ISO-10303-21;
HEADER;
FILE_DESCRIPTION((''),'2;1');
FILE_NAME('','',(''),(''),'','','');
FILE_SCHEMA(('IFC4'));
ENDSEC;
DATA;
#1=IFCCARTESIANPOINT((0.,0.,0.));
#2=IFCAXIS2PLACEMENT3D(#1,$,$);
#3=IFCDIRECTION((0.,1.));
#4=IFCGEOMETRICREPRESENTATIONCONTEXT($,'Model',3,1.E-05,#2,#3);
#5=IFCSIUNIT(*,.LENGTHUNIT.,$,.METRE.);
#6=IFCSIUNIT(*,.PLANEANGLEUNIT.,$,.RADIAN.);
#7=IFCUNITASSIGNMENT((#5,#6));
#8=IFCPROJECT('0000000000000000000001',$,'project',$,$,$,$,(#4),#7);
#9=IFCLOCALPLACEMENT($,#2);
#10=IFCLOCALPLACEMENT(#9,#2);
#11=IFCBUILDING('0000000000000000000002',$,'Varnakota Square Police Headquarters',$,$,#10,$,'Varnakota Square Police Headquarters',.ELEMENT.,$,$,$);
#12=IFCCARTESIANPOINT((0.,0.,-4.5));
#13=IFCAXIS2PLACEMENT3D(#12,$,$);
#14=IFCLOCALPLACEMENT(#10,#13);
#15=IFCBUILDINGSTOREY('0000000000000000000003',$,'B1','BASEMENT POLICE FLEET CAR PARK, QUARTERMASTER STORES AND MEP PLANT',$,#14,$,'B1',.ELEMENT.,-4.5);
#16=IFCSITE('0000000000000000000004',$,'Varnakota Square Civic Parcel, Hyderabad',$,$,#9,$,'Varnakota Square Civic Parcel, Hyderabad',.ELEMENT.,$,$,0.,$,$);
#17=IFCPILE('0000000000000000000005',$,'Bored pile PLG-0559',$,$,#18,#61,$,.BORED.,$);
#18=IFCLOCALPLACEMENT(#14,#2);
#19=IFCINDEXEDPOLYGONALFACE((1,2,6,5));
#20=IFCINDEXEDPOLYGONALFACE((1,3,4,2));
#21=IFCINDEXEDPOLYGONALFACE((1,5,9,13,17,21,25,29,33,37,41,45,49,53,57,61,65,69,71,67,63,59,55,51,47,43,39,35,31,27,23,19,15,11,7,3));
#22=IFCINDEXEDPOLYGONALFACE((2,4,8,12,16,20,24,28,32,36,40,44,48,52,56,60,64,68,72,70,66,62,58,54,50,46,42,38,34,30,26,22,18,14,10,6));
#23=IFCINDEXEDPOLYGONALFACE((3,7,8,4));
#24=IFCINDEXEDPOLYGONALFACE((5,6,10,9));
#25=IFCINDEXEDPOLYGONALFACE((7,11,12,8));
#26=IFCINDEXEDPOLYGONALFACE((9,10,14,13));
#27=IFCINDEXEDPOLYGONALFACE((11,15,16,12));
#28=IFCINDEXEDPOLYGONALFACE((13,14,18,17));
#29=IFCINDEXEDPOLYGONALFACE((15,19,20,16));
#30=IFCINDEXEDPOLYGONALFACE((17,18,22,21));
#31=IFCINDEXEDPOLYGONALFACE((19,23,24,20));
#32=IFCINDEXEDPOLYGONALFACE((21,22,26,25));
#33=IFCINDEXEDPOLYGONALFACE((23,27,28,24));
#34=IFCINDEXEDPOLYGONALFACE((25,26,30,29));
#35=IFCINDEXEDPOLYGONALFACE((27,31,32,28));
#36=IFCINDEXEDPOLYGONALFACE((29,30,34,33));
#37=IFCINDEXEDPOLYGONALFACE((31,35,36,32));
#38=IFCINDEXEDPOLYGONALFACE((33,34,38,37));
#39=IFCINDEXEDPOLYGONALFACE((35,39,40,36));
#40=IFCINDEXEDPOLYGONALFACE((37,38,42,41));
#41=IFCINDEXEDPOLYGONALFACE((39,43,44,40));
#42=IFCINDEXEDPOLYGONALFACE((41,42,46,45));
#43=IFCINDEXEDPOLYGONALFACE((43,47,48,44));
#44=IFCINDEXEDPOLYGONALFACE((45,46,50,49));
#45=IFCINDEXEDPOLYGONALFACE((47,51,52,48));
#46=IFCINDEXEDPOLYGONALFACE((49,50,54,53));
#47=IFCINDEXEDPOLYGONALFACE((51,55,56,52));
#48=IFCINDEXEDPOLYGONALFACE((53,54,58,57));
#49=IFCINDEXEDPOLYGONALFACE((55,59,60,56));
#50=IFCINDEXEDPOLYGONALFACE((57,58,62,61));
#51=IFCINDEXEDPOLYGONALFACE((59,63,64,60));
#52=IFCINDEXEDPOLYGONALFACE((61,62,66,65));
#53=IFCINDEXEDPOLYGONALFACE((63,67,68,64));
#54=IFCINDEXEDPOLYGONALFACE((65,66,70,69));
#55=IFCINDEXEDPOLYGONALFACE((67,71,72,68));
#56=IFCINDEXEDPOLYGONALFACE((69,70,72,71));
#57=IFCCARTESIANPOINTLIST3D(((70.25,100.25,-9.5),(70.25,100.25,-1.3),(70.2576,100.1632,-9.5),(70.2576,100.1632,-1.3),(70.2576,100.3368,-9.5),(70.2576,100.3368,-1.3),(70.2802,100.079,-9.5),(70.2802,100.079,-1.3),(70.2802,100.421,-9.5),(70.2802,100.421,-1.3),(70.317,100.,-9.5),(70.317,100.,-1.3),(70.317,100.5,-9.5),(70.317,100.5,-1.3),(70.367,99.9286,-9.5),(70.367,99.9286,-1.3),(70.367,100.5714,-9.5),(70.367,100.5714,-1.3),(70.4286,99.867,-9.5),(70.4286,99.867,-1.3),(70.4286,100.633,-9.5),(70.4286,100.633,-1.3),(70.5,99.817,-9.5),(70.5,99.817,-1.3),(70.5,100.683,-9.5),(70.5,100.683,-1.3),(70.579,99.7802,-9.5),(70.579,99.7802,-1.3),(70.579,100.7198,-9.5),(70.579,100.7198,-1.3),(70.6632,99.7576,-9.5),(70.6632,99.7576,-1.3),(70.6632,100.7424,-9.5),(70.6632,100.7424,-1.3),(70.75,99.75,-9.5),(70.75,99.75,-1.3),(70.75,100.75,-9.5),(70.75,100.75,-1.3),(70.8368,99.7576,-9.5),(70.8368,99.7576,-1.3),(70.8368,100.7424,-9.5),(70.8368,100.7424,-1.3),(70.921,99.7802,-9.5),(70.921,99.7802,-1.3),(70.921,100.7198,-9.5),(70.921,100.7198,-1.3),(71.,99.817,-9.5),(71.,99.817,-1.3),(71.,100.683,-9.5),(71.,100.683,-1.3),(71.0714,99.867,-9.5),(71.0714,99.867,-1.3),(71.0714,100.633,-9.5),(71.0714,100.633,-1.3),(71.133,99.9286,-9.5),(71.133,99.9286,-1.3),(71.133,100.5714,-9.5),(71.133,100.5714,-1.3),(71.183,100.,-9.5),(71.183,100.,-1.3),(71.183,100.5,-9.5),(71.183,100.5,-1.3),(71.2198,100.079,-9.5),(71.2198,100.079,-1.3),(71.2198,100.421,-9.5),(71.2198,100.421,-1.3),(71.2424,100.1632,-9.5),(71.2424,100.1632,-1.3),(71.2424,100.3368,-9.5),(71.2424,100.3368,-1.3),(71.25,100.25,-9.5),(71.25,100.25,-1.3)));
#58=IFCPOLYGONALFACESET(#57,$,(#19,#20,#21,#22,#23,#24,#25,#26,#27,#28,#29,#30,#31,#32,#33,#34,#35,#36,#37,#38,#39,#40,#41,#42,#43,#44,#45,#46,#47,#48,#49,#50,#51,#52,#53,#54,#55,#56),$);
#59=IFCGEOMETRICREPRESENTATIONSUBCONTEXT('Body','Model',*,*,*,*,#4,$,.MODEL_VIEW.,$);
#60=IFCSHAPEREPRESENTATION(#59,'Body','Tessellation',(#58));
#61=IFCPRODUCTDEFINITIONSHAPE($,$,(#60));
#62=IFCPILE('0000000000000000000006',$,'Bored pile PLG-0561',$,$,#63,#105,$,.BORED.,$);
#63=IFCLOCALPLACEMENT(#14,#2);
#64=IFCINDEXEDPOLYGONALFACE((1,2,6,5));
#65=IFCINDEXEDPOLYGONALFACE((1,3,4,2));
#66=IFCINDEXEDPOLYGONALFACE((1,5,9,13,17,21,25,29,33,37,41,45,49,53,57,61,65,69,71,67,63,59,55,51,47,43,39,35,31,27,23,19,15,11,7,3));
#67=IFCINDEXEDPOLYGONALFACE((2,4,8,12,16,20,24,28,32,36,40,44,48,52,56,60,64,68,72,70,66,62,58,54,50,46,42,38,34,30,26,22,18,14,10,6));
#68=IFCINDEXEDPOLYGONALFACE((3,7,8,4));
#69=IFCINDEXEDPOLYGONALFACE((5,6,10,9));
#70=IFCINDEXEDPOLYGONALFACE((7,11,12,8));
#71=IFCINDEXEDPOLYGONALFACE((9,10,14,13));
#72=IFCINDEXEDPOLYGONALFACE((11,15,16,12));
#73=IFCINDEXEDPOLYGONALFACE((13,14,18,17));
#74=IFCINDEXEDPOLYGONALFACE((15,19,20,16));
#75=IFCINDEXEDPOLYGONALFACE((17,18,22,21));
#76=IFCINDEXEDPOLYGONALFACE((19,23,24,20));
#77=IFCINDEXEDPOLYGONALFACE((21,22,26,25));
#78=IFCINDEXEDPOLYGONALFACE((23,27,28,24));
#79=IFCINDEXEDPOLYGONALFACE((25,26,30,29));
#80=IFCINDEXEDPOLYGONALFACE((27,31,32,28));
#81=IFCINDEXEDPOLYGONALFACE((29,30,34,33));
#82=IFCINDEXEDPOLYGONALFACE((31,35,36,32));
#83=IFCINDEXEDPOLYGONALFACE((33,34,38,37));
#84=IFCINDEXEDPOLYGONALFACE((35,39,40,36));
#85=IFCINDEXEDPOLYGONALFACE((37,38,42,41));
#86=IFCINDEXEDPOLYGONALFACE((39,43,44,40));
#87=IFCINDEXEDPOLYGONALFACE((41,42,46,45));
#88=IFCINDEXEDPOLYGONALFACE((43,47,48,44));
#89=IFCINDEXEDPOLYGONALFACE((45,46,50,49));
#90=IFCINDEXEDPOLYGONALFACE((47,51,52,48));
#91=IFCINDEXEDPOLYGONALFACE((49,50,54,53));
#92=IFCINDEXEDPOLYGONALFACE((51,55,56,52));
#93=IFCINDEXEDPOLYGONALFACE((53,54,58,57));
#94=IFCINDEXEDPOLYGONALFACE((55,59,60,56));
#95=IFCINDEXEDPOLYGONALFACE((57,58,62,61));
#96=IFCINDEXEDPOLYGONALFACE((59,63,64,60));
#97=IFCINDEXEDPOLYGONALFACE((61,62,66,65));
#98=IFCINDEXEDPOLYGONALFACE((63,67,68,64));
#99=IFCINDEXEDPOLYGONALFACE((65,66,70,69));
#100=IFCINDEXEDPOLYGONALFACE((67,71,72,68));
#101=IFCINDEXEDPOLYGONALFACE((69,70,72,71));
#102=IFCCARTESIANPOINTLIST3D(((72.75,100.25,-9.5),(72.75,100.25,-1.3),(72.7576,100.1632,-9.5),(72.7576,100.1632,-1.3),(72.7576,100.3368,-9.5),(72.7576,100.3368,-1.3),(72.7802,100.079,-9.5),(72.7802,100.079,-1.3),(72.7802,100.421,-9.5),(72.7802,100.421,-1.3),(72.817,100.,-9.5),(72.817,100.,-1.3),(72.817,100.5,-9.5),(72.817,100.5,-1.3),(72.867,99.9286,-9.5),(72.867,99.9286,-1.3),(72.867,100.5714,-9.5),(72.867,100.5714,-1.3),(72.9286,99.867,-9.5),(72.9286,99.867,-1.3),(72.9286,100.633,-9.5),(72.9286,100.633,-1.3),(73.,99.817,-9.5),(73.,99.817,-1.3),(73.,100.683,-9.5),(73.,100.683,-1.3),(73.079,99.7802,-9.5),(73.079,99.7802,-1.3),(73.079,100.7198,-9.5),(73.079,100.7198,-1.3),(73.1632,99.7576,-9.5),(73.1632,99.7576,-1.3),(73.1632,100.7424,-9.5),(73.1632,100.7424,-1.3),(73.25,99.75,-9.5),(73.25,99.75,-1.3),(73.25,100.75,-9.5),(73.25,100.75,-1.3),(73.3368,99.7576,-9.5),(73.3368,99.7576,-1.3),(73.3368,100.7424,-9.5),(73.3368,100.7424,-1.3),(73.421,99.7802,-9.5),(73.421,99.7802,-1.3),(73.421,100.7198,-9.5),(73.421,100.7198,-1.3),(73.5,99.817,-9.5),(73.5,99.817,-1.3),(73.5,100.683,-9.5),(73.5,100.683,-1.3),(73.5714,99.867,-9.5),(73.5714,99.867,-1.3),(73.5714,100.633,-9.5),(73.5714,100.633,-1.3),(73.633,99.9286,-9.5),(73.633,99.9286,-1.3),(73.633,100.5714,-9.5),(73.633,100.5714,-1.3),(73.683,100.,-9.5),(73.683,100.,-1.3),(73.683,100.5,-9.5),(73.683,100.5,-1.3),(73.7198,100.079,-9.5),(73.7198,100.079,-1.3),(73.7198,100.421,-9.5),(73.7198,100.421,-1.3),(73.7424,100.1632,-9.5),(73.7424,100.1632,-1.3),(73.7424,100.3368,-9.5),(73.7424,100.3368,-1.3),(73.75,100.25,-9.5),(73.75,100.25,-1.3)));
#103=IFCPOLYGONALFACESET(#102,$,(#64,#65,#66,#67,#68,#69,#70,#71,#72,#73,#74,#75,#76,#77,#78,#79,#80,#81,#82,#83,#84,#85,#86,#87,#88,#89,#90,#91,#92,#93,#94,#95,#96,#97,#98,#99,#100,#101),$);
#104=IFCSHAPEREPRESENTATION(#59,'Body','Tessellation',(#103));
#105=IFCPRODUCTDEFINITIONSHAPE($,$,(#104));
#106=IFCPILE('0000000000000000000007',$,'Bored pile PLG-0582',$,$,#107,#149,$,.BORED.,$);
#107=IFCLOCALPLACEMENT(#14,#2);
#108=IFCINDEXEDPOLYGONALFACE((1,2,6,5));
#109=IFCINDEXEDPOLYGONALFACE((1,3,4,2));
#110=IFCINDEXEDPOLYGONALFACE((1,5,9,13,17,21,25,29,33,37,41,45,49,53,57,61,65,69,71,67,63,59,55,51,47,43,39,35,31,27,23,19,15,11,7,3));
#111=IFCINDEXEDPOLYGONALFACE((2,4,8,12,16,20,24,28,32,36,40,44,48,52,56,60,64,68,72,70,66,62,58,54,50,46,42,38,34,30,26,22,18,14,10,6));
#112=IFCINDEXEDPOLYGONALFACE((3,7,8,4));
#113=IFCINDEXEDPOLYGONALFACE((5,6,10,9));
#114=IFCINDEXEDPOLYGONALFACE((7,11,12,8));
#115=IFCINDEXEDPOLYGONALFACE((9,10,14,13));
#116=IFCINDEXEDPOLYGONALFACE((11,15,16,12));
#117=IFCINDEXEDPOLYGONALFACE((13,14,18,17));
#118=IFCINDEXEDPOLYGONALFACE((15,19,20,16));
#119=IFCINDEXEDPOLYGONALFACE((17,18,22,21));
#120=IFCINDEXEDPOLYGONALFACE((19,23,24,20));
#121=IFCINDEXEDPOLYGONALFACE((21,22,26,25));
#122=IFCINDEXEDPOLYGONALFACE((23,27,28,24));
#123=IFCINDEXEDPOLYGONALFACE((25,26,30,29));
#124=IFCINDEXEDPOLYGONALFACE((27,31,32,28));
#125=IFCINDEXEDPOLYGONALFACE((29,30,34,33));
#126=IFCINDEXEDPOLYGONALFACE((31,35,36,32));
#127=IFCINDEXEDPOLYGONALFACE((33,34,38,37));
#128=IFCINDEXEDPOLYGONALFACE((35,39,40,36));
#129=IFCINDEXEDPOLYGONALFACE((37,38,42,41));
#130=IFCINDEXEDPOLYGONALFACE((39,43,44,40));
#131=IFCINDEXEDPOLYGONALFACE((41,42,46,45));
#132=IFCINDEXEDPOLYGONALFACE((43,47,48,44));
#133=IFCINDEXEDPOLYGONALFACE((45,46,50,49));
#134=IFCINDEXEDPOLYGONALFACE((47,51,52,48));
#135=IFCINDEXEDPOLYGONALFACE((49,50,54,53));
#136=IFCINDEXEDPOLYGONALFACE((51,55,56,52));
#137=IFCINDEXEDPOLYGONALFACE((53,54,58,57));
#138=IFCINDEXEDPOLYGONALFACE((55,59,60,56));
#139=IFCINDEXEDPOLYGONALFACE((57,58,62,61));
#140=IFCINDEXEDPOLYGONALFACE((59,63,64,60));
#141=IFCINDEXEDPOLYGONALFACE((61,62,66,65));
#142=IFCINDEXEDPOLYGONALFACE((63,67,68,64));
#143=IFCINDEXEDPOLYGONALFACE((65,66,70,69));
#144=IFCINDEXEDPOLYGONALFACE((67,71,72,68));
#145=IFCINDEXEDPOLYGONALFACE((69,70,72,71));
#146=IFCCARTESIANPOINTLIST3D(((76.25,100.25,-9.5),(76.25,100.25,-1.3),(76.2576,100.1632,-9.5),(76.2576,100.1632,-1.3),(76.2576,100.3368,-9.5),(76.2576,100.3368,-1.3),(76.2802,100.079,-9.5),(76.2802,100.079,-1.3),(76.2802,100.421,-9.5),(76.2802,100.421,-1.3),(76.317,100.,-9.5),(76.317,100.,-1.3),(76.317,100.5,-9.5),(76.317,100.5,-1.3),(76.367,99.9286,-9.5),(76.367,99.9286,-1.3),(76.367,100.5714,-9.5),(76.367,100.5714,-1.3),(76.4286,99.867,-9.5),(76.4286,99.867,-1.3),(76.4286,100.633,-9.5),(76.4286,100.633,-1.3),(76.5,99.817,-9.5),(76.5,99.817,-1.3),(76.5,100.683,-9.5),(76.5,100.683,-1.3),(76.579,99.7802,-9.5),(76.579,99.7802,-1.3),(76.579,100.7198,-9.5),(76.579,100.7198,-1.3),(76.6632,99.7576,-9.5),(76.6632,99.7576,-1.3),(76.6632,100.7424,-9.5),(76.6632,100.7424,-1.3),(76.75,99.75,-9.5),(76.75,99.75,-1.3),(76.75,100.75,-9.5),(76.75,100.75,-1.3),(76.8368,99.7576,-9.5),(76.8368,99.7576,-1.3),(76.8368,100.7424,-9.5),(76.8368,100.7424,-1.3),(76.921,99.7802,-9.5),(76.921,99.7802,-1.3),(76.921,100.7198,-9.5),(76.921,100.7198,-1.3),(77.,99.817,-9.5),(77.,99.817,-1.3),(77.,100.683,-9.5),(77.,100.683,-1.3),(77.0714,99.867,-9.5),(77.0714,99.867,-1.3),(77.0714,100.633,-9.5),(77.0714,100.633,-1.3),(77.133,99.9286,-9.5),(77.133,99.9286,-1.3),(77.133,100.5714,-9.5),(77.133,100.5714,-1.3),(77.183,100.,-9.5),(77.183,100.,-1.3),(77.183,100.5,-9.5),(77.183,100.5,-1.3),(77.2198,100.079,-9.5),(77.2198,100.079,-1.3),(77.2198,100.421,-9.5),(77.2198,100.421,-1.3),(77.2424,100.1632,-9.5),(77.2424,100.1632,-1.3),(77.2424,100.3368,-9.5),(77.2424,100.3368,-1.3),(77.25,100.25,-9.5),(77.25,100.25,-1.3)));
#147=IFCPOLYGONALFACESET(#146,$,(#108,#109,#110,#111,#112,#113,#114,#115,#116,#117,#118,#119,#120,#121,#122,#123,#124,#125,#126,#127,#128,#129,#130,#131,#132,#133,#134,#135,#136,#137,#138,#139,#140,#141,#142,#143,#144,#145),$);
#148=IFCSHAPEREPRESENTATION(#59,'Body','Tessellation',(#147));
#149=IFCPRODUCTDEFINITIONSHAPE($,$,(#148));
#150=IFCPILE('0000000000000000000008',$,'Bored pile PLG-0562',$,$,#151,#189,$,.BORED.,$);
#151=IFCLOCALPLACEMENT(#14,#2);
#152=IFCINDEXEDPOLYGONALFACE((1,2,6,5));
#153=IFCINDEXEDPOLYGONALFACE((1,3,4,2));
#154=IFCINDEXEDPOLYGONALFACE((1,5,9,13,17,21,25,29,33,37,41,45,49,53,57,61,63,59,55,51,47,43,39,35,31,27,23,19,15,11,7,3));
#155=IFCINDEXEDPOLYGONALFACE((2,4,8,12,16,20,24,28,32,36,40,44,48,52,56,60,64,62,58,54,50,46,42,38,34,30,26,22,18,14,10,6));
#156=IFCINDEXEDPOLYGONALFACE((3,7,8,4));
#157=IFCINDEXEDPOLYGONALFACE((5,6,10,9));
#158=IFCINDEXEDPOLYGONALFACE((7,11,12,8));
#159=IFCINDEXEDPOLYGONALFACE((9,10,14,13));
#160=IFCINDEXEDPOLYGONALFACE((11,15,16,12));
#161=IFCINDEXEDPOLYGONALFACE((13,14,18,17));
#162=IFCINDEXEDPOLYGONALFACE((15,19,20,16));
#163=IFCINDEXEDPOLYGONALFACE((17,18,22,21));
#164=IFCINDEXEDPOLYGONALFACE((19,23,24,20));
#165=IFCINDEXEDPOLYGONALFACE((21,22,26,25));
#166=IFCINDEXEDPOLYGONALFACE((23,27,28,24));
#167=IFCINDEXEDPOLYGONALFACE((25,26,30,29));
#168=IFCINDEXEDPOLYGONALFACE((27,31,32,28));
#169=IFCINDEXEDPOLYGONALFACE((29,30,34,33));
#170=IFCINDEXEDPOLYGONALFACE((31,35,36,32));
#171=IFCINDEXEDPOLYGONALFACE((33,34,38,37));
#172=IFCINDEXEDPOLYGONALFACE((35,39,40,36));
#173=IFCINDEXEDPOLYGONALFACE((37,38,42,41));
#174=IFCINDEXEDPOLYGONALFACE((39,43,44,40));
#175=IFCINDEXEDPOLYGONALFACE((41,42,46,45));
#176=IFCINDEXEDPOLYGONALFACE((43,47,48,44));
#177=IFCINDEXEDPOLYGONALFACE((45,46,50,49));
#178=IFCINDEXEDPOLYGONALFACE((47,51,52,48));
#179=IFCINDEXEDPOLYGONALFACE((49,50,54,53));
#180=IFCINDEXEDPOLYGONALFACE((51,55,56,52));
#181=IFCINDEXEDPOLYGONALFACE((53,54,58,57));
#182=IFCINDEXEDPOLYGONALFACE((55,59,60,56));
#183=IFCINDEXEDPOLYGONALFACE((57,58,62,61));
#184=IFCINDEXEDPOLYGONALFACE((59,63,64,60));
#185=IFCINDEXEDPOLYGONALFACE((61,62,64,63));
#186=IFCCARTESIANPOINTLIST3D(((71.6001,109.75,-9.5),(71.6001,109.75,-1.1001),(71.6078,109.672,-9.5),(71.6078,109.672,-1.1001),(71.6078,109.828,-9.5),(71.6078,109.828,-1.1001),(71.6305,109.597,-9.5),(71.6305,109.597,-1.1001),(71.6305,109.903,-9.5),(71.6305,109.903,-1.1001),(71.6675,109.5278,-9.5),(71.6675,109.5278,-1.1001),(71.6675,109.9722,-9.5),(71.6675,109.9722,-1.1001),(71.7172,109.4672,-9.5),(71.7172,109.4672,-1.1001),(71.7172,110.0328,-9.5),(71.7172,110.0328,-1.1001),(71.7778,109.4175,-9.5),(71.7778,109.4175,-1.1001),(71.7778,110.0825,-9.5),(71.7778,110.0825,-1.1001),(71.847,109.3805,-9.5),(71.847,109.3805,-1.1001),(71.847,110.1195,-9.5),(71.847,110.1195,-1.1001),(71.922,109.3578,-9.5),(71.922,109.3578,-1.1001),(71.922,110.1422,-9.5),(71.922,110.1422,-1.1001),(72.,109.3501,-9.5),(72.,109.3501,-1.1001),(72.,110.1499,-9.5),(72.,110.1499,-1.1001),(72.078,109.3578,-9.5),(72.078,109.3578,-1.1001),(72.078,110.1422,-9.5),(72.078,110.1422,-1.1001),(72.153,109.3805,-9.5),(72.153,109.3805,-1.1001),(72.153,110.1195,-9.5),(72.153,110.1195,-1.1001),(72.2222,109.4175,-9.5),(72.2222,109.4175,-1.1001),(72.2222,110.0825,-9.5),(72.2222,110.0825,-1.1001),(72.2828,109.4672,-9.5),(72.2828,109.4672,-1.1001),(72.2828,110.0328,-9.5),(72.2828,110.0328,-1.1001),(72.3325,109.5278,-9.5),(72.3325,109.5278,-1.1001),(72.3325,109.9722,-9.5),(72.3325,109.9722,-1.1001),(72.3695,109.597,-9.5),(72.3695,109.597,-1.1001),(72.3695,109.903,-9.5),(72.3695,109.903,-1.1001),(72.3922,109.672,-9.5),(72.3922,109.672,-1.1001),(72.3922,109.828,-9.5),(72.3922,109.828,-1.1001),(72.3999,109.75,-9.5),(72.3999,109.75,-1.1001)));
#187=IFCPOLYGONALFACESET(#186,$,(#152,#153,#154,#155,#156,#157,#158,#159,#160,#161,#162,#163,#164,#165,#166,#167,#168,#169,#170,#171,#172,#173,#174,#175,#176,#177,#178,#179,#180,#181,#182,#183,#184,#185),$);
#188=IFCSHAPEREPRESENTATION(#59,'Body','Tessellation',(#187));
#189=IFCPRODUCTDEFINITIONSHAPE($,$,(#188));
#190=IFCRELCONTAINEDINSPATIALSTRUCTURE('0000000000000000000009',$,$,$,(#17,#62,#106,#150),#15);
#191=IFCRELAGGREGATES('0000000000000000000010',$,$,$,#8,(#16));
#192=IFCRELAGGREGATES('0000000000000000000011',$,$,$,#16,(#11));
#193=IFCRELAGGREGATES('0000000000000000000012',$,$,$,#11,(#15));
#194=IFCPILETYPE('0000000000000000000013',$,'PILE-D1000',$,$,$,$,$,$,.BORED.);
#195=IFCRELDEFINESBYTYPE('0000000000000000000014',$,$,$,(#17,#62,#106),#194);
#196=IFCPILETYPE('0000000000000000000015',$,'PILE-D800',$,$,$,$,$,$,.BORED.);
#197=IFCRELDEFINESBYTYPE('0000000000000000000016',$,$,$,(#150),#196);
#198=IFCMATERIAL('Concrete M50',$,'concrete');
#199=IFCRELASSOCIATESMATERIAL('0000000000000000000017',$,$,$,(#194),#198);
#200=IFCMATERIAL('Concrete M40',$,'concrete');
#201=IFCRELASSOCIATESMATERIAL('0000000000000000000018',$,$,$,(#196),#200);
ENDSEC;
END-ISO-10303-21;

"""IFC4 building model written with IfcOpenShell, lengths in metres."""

from ifc_helpers import new_model, si_unit, direction, frame, origin, origin_2d, place, context, subcontext, project, spatial, circle, extrude, material, material_profile, profile_set, type_object, element, save


model = new_model("IFC4")

# Units and contexts
model_context = context("Model", 3, precision=1e-05, world=origin(), true_north=direction((0.0, 1.0)))
body_context = subcontext(model_context, "Body", "Model", "MODEL_VIEW")
ifc_project = project(units=[si_unit("LENGTHUNIT", "METRE"), si_unit("PLANEANGLEUNIT", "RADIAN")], contexts=[model_context])

# Site, building, storey
site_placement = place(None, origin())
site = spatial("IfcSite", under=ifc_project, at=site_placement, Name="Varnakota Square Civic Parcel, Hyderabad", LongName="Varnakota Square Civic Parcel, Hyderabad", CompositionType="ELEMENT", RefElevation=0.0)
building_placement = place(site_placement, origin())
building = spatial("IfcBuilding", under=site, at=building_placement, Name="Varnakota Square Police Headquarters", LongName="Varnakota Square Police Headquarters", CompositionType="ELEMENT")
storey_placement = place(building_placement, frame((0.0, 0.0, -4.5)))
storey = spatial("IfcBuildingStorey", under=building, at=storey_placement, Name="B1", Description="BASEMENT POLICE FLEET CAR PARK, QUARTERMASTER STORES AND MEP PLANT", LongName="B1", CompositionType="ELEMENT", Elevation=-4.5)

# Shared definitions
ifc_material_1 = material(Name="Concrete M40", Category="concrete")
ifc_material_2 = material(Name="Concrete M50", Category="concrete")

# Piles
ifc_material_profile_1 = material_profile(ifc_material_2, circle(Radius=0.5, at=origin_2d()), Name="BORED PILE 1000")
ifc_profile_set_1 = profile_set([ifc_material_profile_1], Name="Concrete M50")
pile_type_1 = type_object("IfcPileType", Name="PILE-D1000", PredefinedType="BORED", material=ifc_profile_set_1)
for number, where, z_axis, x_axis, name in (
    (1, (70.75, 100.25, -1.3), (0.0, 0.0, -1.0), (1.0, 0.0, 0.0), "Bored pile PLG-0559"),
    (2, (73.25, 100.25, -1.3), (0.0, 0.0, -1.0), (1.0, 0.0, 0.0), "Bored pile PLG-0561"),
    (3, (76.75, 100.25, -1.3), (0.0, 0.0, -1.0), (1.0, 0.0, 0.0), "Bored pile PLG-0582"),
):
    element("IfcPile", number, at=place(storey_placement, frame(where, z_axis=z_axis, x_axis=x_axis)), inside=storey, type_object=pile_type_1, Name=name, PredefinedType="BORED", context=body_context, shape_type="SweptSolid", body=[
        extrude(circle(Radius=0.5, at=origin_2d()), origin(), (0.0, 0.0, 1.0), 8.2),
    ])
ifc_material_profile_2 = material_profile(ifc_material_1, circle(Radius=0.3999, at=origin_2d()), Name="BORED PILE 800")
ifc_profile_set_2 = profile_set([ifc_material_profile_2], Name="Concrete M40")
pile_type_2 = type_object("IfcPileType", Name="PILE-D800", PredefinedType="BORED", material=ifc_profile_set_2)
for number, where, z_axis, x_axis, name in (
    (4, (72.0, 109.75, -1.1001), (0.0, 0.0, -1.0), (1.0, 0.0, 0.0), "Bored pile PLG-0562"),
):
    element("IfcPile", number, at=place(storey_placement, frame(where, z_axis=z_axis, x_axis=x_axis)), inside=storey, type_object=pile_type_2, Name=name, PredefinedType="BORED", context=body_context, shape_type="SweptSolid", body=[
        extrude(circle(Radius=0.3999, at=origin_2d()), origin(), (0.0, 0.0, 1.0), 8.3999),
    ])

save(model, "model.ifc")
